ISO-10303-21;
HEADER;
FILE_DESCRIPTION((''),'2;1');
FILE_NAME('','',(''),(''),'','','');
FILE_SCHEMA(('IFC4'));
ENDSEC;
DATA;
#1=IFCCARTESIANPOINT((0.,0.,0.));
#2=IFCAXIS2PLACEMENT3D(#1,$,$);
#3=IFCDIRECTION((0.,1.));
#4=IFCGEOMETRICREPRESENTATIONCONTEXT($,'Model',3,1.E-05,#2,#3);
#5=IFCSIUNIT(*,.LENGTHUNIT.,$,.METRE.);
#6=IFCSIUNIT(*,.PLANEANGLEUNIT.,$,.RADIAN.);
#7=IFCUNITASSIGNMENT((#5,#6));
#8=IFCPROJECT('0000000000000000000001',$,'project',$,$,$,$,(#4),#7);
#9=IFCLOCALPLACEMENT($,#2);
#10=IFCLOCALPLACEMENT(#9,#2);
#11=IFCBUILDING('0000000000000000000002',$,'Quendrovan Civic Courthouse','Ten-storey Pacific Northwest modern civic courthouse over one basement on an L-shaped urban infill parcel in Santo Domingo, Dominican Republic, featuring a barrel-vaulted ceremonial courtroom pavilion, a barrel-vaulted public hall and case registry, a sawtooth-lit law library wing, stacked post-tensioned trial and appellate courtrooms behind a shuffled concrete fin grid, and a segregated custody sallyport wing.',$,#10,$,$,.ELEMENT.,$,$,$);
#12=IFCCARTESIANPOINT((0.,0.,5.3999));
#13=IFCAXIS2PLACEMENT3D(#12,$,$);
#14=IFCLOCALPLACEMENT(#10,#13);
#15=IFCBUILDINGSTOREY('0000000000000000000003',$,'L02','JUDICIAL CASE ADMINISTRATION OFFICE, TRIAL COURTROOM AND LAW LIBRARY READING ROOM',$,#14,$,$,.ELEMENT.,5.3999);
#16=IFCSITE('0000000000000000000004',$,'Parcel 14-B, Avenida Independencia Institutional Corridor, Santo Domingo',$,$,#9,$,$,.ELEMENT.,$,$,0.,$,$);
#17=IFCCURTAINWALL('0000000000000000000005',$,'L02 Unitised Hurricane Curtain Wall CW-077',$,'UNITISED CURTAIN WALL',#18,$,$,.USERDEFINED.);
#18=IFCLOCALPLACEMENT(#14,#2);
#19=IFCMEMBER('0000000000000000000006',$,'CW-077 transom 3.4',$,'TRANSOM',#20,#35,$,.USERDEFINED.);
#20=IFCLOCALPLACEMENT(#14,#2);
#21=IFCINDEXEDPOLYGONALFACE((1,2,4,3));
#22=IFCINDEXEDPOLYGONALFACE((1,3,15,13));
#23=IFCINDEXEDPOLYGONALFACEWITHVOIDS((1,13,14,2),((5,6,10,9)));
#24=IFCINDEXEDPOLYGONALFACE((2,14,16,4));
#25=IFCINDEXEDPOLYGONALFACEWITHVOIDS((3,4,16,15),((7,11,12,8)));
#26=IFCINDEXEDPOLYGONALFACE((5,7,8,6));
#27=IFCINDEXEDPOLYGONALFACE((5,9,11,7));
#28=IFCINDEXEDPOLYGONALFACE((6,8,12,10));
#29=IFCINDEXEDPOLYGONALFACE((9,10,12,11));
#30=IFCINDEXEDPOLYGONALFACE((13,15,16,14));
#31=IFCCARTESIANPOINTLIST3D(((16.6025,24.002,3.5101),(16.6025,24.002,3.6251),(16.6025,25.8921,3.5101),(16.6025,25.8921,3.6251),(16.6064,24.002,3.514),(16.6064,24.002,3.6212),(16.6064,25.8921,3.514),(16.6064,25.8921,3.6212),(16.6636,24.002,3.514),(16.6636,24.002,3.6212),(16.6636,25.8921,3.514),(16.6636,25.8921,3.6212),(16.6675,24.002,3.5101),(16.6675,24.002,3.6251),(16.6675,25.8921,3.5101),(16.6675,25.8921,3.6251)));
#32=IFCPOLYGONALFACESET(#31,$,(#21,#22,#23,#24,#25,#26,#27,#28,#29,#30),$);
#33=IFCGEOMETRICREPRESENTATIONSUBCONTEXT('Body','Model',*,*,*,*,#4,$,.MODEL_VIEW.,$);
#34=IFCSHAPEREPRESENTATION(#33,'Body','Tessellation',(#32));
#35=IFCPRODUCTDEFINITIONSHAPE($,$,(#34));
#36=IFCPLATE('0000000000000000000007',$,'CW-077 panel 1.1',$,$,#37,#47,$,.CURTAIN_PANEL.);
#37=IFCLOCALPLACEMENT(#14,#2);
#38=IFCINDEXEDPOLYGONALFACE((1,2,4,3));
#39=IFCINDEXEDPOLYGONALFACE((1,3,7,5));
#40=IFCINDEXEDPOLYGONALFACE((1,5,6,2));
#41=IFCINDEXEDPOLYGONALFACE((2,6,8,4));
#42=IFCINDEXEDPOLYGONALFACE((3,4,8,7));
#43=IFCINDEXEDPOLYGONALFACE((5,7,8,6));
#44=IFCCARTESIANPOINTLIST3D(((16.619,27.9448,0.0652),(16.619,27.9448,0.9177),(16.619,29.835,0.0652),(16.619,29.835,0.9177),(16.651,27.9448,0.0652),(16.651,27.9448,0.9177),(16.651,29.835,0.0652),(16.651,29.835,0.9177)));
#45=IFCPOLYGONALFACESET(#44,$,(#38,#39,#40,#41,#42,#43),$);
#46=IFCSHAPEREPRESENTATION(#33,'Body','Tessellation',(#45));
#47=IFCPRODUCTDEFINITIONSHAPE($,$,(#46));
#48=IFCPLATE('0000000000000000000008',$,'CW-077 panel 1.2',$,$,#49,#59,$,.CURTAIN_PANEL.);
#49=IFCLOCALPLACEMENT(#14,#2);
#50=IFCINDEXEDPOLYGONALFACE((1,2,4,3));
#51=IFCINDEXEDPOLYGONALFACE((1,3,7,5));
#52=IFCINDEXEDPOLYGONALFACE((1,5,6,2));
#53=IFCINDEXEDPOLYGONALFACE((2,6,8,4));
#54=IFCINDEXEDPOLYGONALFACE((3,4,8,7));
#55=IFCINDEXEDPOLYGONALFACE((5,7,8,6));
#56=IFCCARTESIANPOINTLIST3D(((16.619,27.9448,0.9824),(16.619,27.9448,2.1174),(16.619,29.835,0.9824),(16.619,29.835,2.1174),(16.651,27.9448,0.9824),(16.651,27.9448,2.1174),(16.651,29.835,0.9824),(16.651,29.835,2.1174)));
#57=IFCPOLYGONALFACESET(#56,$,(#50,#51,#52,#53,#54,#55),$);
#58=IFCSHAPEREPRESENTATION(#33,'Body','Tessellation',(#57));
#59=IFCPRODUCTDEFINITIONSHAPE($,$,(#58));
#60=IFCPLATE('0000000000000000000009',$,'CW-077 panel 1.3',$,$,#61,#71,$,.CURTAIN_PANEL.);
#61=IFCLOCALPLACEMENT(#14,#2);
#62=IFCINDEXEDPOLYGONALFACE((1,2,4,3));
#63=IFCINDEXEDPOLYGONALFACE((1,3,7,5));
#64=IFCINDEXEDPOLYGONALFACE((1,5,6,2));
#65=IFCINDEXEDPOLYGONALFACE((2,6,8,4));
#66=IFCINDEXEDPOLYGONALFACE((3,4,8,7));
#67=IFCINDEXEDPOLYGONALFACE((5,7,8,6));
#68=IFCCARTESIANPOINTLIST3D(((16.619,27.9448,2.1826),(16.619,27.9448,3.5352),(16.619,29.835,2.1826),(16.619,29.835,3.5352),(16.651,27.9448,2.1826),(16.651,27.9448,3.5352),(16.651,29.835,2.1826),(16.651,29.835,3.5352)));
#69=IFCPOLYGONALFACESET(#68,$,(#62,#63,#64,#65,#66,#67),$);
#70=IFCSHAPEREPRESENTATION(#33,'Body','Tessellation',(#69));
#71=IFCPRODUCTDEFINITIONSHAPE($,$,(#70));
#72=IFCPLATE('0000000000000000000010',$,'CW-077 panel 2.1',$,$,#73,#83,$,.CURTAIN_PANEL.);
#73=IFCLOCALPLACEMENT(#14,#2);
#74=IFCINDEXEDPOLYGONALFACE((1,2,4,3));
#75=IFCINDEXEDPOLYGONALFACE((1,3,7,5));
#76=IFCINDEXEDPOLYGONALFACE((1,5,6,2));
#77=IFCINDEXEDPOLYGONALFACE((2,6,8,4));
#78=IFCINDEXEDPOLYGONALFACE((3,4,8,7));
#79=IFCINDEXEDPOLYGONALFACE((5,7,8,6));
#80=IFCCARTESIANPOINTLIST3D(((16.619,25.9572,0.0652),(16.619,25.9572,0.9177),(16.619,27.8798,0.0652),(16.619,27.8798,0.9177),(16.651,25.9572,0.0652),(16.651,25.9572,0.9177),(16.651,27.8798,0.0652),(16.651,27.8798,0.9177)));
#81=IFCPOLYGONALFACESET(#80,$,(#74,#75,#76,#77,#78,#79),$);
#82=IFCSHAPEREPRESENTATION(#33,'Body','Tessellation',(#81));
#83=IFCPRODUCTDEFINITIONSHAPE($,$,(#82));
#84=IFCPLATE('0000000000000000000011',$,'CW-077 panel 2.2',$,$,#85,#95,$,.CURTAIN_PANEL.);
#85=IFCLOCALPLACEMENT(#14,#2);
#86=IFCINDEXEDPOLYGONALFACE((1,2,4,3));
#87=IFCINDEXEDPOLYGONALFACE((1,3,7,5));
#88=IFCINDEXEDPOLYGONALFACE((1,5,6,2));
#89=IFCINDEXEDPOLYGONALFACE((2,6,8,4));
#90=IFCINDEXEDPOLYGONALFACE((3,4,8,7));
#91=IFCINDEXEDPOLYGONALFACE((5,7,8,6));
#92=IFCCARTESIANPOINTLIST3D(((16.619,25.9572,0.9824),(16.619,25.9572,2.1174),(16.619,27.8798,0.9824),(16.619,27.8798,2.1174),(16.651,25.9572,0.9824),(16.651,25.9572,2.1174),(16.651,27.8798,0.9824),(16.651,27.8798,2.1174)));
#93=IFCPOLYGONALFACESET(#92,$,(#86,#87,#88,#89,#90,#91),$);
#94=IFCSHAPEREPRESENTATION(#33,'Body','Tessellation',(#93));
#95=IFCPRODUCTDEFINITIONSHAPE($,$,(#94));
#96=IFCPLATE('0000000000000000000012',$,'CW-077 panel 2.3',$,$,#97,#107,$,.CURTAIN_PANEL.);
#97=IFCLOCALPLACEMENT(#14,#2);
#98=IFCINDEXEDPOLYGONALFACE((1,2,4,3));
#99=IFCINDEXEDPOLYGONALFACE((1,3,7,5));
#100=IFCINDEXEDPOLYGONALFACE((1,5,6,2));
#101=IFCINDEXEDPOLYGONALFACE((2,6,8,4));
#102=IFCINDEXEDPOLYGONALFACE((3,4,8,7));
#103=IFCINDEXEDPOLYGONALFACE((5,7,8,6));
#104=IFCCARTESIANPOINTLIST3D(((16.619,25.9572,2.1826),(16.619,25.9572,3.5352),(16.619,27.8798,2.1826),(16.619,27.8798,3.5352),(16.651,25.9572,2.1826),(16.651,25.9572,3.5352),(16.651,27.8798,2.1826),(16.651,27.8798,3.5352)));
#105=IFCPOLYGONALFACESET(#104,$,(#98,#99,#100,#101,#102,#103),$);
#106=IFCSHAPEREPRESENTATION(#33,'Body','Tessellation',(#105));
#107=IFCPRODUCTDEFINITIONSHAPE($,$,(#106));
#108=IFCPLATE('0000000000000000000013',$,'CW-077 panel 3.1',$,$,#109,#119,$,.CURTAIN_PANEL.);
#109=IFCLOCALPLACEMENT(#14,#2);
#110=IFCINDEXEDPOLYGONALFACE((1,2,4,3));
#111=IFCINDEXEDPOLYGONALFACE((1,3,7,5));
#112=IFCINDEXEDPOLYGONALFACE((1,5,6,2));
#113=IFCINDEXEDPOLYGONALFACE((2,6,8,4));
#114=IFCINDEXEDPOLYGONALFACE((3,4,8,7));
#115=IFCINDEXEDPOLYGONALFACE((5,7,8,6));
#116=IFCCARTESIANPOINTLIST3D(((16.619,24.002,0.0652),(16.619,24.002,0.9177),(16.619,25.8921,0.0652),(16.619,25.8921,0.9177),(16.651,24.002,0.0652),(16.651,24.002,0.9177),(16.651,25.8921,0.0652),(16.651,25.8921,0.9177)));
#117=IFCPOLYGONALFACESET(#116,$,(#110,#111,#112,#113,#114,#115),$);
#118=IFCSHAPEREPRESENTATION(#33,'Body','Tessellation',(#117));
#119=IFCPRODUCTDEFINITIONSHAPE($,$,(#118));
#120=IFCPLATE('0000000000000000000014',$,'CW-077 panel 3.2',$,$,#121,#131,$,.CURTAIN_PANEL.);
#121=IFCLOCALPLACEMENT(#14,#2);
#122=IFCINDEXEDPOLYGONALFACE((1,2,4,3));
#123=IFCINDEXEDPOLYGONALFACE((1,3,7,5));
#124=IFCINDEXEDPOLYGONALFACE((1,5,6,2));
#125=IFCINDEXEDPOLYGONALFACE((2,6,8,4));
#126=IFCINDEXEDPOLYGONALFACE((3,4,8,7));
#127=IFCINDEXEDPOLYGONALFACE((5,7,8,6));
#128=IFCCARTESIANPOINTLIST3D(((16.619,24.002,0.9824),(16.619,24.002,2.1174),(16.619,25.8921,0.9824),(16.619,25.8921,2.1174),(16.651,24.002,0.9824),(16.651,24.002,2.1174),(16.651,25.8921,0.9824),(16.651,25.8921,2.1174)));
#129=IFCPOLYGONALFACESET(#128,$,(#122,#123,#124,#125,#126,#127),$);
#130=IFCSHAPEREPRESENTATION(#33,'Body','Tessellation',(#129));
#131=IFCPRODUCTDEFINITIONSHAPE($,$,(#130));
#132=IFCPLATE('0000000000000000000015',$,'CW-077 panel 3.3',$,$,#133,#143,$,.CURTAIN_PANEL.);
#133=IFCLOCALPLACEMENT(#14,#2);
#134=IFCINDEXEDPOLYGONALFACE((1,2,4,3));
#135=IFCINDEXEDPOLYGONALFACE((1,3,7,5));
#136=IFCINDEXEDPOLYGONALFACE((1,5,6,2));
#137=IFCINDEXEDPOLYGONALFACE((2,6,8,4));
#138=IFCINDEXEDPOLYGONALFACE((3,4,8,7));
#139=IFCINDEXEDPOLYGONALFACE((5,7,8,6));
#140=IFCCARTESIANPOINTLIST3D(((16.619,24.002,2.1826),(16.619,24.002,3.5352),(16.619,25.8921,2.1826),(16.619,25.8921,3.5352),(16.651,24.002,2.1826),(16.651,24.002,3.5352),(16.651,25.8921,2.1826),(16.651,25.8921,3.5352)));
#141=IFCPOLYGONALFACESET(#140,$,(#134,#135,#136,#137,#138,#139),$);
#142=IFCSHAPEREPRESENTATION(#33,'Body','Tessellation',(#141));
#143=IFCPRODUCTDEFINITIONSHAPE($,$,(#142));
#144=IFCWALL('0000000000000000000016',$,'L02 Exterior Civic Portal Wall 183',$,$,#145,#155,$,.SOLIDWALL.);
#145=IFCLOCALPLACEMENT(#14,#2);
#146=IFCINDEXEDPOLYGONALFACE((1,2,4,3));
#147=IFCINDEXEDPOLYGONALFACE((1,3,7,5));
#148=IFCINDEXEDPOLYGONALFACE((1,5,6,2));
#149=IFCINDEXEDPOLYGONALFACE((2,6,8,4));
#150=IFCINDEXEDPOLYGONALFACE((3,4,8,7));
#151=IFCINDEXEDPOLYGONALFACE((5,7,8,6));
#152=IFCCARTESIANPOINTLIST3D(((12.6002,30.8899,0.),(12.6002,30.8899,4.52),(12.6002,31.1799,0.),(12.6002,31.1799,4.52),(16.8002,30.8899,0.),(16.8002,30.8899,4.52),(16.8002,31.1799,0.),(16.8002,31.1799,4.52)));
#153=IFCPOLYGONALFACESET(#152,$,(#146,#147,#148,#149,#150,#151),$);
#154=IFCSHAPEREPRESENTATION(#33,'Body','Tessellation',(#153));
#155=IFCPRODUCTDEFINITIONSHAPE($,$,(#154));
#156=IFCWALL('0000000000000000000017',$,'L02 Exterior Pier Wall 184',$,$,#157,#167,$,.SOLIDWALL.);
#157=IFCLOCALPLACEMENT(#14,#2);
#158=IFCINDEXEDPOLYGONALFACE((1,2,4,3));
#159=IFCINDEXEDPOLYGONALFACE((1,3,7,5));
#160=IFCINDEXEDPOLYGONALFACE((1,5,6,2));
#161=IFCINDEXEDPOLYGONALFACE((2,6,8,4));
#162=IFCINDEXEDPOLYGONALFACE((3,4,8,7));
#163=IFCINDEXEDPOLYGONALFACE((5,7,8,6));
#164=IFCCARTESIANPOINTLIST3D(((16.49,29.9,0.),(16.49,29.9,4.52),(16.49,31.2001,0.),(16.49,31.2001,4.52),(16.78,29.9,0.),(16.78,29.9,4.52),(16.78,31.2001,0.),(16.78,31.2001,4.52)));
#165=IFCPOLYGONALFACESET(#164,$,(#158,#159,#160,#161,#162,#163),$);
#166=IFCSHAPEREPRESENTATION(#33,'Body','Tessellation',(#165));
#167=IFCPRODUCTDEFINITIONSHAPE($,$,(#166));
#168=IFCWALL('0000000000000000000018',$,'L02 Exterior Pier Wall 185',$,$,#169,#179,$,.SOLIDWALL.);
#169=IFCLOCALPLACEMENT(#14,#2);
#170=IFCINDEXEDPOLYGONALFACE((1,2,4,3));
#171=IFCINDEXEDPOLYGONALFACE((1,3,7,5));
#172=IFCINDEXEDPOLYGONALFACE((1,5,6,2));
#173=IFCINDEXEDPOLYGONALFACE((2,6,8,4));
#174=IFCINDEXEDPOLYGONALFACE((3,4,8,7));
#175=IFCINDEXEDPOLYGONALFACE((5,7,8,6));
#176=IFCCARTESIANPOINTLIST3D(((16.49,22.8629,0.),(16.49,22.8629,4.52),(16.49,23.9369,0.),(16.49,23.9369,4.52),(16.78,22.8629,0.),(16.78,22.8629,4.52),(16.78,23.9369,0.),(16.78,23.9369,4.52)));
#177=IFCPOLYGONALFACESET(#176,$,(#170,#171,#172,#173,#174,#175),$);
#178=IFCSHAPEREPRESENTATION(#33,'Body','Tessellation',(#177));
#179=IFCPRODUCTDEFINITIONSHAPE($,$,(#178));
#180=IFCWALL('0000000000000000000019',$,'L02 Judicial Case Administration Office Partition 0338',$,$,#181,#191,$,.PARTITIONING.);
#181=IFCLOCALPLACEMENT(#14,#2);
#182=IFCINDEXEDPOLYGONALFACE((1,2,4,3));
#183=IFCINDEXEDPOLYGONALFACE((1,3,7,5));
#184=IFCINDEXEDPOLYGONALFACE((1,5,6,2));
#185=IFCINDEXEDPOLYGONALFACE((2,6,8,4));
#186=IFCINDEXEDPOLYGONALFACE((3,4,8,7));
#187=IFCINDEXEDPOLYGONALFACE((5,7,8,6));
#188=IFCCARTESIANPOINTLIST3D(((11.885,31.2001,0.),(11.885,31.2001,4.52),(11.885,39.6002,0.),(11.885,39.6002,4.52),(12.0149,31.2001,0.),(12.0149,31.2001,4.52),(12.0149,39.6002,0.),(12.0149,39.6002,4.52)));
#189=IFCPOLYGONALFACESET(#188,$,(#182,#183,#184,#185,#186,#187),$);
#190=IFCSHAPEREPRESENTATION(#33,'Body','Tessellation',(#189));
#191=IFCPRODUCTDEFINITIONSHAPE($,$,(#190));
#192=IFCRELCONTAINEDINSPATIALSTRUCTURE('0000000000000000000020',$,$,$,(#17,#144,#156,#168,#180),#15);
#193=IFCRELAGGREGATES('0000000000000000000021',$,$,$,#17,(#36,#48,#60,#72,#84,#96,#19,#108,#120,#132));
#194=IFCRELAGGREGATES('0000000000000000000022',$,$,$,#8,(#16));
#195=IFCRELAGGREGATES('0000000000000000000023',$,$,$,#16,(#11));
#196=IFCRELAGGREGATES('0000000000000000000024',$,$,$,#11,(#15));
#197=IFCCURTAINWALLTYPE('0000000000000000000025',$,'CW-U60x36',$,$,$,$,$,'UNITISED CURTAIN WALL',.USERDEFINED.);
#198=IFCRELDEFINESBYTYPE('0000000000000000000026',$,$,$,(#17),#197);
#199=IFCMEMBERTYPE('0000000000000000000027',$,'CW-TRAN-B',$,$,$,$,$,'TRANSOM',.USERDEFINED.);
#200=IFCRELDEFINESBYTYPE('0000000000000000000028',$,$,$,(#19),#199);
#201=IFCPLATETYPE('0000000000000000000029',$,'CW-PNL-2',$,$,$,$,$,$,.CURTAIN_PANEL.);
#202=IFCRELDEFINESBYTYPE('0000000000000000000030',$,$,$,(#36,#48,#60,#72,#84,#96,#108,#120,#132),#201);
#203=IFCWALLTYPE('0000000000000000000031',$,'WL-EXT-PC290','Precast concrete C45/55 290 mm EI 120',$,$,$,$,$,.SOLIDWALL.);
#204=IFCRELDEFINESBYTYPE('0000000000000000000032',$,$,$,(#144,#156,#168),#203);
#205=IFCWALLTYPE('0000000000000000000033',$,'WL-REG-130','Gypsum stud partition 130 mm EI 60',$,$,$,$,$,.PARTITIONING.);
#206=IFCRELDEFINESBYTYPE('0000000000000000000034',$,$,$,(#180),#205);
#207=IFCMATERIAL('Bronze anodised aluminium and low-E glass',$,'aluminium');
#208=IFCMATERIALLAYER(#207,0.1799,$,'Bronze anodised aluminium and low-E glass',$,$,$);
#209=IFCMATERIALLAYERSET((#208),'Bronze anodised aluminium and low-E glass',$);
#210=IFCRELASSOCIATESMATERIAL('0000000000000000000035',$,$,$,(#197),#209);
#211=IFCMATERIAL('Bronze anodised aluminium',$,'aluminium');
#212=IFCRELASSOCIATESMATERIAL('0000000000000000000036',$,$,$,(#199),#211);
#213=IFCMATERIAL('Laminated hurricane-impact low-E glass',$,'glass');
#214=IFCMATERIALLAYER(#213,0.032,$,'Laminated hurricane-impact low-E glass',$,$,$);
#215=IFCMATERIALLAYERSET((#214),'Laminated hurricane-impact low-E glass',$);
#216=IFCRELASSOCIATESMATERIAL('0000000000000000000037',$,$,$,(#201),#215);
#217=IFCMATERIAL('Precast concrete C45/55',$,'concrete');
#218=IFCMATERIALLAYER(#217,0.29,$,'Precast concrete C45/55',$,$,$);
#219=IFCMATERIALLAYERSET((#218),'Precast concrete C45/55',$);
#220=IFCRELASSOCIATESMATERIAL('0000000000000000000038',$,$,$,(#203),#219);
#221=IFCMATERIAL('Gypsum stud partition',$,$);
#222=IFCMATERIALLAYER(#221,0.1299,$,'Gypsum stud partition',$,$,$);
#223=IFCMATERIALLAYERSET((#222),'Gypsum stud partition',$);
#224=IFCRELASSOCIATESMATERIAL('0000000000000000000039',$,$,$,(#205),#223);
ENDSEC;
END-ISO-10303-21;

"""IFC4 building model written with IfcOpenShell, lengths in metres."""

from ifc_helpers import new_model, si_unit, direction, frame, frame_2d, origin, origin_2d, place, context, subcontext, project, spatial, rectangle, hollow_rectangle, extrude, material, layer, layer_set, material_profile, profile_set, type_object, element, aggregate, save


model = new_model("IFC4")

# Units and contexts
model_context = context("Model", 3, precision=1e-05, world=origin(), true_north=direction((0.0, 1.0)))
body_context = subcontext(model_context, "Body", "Model", "MODEL_VIEW")
ifc_project = project(units=[si_unit("LENGTHUNIT", "METRE"), si_unit("PLANEANGLEUNIT", "RADIAN")], contexts=[model_context])

# Site, building, storey
site_placement = place(None, origin())
site = spatial("IfcSite", under=ifc_project, at=site_placement, Name="Parcel 14-B, Avenida Independencia Institutional Corridor, Santo Domingo", CompositionType="ELEMENT", RefElevation=0.0)
building_placement = place(site_placement, origin())
building = spatial("IfcBuilding", under=site, at=building_placement, Name="Quendrovan Civic Courthouse", Description="Ten-storey Pacific Northwest modern civic courthouse over one basement on an L-shaped urban infill parcel in Santo Domingo, Dominican Republic, featuring a barrel-vaulted ceremonial courtroom pavilion, a barrel-vaulted public hall and case registry, a sawtooth-lit law library wing, stacked post-tensioned trial and appellate courtrooms behind a shuffled concrete fin grid, and a segregated custody sallyport wing.", CompositionType="ELEMENT")
storey_placement = place(building_placement, frame((0.0, 0.0, 5.3999)))
storey = spatial("IfcBuildingStorey", under=building, at=storey_placement, Name="L02", Description="JUDICIAL CASE ADMINISTRATION OFFICE, TRIAL COURTROOM AND LAW LIBRARY READING ROOM", CompositionType="ELEMENT", Elevation=5.3999)

# Shared definitions
ifc_material_1 = material(Name="Bronze anodised aluminium and low-E glass", Category="aluminium")
ifc_layer_1 = layer(ifc_material_1, 0.1799, Name="Bronze anodised aluminium and low-E glass")
ifc_layer_set_1 = layer_set([ifc_layer_1], Name="Bronze anodised aluminium and low-E glass")
curtain_wall_type = type_object("IfcCurtainWallType", Name="CW-U60x36", ElementType="UNITISED CURTAIN WALL", PredefinedType="USERDEFINED", material=ifc_layer_set_1)
ifc_material_2 = material(Name="Bronze anodised aluminium", Category="aluminium")

# Curtain wall, member, plates
curtain_wall_1_placement = place(storey_placement, origin())
curtain_wall_1 = element("IfcCurtainWall", 1, at=curtain_wall_1_placement, inside=storey, type_object=curtain_wall_type, Name="L02 Unitised Hurricane Curtain Wall CW-077", ObjectType="UNITISED CURTAIN WALL", PredefinedType="USERDEFINED")
ifc_material_profile_1 = material_profile(ifc_material_2, hollow_rectangle(XDim=0.0649, YDim=0.115, WallThickness=0.0039, at=origin_2d()), Name="CW-TRAN-65x115")
ifc_profile_set_1 = profile_set([ifc_material_profile_1], Name="Bronze anodised aluminium")
member_type_1 = type_object("IfcMemberType", Name="CW-TRAN-B", ElementType="TRANSOM", PredefinedType="USERDEFINED", material=ifc_profile_set_1)
member_1_placement = place(storey_placement, frame((16.635, 25.8921, 3.5676), z_axis=(0.0, -1.0, 0.0), x_axis=(1.0, 0.0, 0.0)))
member_1 = element("IfcMember", 2, at=member_1_placement, type_object=member_type_1, Name="CW-077 transom 3.4", ObjectType="TRANSOM", PredefinedType="USERDEFINED", context=body_context, shape_type="SweptSolid", body=[
    extrude(hollow_rectangle(XDim=0.0649, YDim=0.115, WallThickness=0.0039, at=origin_2d()), origin(), (0.0, 0.0, 1.0), 1.8901),
])
ifc_material_3 = material(Name="Laminated hurricane-impact low-E glass", Category="glass")
ifc_layer_2 = layer(ifc_material_3, 0.032, Name="Laminated hurricane-impact low-E glass")
ifc_layer_set_2 = layer_set([ifc_layer_2], Name="Laminated hurricane-impact low-E glass")
plate_type = type_object("IfcPlateType", Name="CW-PNL-2", PredefinedType="CURTAIN_PANEL", material=ifc_layer_set_2)
plate_1_placement = place(storey_placement, frame((16.635, 28.8899, 0.0652), z_axis=(0.0, 0.0, 1.0), x_axis=(0.0, -1.0, 0.0)))
plate_1 = element("IfcPlate", 3, at=plate_1_placement, type_object=plate_type, Name="CW-077 panel 1.1", PredefinedType="CURTAIN_PANEL", context=body_context, shape_type="SweptSolid", body=[
    extrude(rectangle(XDim=1.8901, YDim=0.032, at=origin_2d()), origin(), (0.0, 0.0, 1.0), 0.8525),
])
plate_2_placement = place(storey_placement, frame((16.635, 28.8899, 0.9824), z_axis=(0.0, 0.0, 1.0), x_axis=(0.0, -1.0, 0.0)))
plate_2 = element("IfcPlate", 4, at=plate_2_placement, type_object=plate_type, Name="CW-077 panel 1.2", PredefinedType="CURTAIN_PANEL", context=body_context, shape_type="SweptSolid", body=[
    extrude(rectangle(XDim=1.8901, YDim=0.032, at=origin_2d()), origin(), (0.0, 0.0, 1.0), 1.135),
])
plate_3_placement = place(storey_placement, frame((16.635, 28.8899, 2.1826), z_axis=(0.0, 0.0, 1.0), x_axis=(0.0, -1.0, 0.0)))
plate_3 = element("IfcPlate", 5, at=plate_3_placement, type_object=plate_type, Name="CW-077 panel 1.3", PredefinedType="CURTAIN_PANEL", context=body_context, shape_type="SweptSolid", body=[
    extrude(rectangle(XDim=1.8901, YDim=0.032, at=origin_2d()), origin(), (0.0, 0.0, 1.0), 1.3525),
])
plate_4_placement = place(storey_placement, frame((16.635, 26.9185, 0.0652), z_axis=(0.0, 0.0, 1.0), x_axis=(0.0, -1.0, 0.0)))
plate_4 = element("IfcPlate", 6, at=plate_4_placement, type_object=plate_type, Name="CW-077 panel 2.1", PredefinedType="CURTAIN_PANEL", context=body_context, shape_type="SweptSolid", body=[
    extrude(rectangle(XDim=1.9226, YDim=0.032, at=origin_2d()), origin(), (0.0, 0.0, 1.0), 0.8525),
])
plate_5_placement = place(storey_placement, frame((16.635, 26.9185, 0.9824), z_axis=(0.0, 0.0, 1.0), x_axis=(0.0, -1.0, 0.0)))
plate_5 = element("IfcPlate", 7, at=plate_5_placement, type_object=plate_type, Name="CW-077 panel 2.2", PredefinedType="CURTAIN_PANEL", context=body_context, shape_type="SweptSolid", body=[
    extrude(rectangle(XDim=1.9226, YDim=0.032, at=origin_2d()), origin(), (0.0, 0.0, 1.0), 1.135),
])
plate_6_placement = place(storey_placement, frame((16.635, 26.9185, 2.1826), z_axis=(0.0, 0.0, 1.0), x_axis=(0.0, -1.0, 0.0)))
plate_6 = element("IfcPlate", 8, at=plate_6_placement, type_object=plate_type, Name="CW-077 panel 2.3", PredefinedType="CURTAIN_PANEL", context=body_context, shape_type="SweptSolid", body=[
    extrude(rectangle(XDim=1.9226, YDim=0.032, at=origin_2d()), origin(), (0.0, 0.0, 1.0), 1.3525),
])
plate_7_placement = place(storey_placement, frame((16.635, 24.947, 0.0652), z_axis=(0.0, 0.0, 1.0), x_axis=(0.0, -1.0, 0.0)))
plate_7 = element("IfcPlate", 9, at=plate_7_placement, type_object=plate_type, Name="CW-077 panel 3.1", PredefinedType="CURTAIN_PANEL", context=body_context, shape_type="SweptSolid", body=[
    extrude(rectangle(XDim=1.8901, YDim=0.032, at=origin_2d()), origin(), (0.0, 0.0, 1.0), 0.8525),
])
plate_8_placement = place(storey_placement, frame((16.635, 24.947, 0.9824), z_axis=(0.0, 0.0, 1.0), x_axis=(0.0, -1.0, 0.0)))
plate_8 = element("IfcPlate", 10, at=plate_8_placement, type_object=plate_type, Name="CW-077 panel 3.2", PredefinedType="CURTAIN_PANEL", context=body_context, shape_type="SweptSolid", body=[
    extrude(rectangle(XDim=1.8901, YDim=0.032, at=origin_2d()), origin(), (0.0, 0.0, 1.0), 1.135),
])
plate_9_placement = place(storey_placement, frame((16.635, 24.947, 2.1826), z_axis=(0.0, 0.0, 1.0), x_axis=(0.0, -1.0, 0.0)))
plate_9 = element("IfcPlate", 11, at=plate_9_placement, type_object=plate_type, Name="CW-077 panel 3.3", PredefinedType="CURTAIN_PANEL", context=body_context, shape_type="SweptSolid", body=[
    extrude(rectangle(XDim=1.8901, YDim=0.032, at=origin_2d()), origin(), (0.0, 0.0, 1.0), 1.3525),
])
aggregate(curtain_wall_1, [plate_1, plate_2, plate_3, plate_4, plate_5, plate_6, member_1, plate_7, plate_8, plate_9])

# Walls
ifc_material_4 = material(Name="Precast concrete C45/55", Category="concrete")
ifc_layer_3 = layer(ifc_material_4, 0.29, Name="Precast concrete C45/55")
ifc_layer_set_3 = layer_set([ifc_layer_3], Name="Precast concrete C45/55")
wall_type_1 = type_object("IfcWallType", Name="WL-EXT-PC290", Description="Precast concrete C45/55 290 mm EI 120", PredefinedType="SOLIDWALL", material=ifc_layer_set_3)
wall_1_placement = place(storey_placement, frame((12.6001, 31.0349, 0.0), z_axis=(0.0, 0.0, 1.0), x_axis=(1.0, 0.0, 0.0)))
element("IfcWall", 12, at=wall_1_placement, inside=storey, type_object=wall_type_1, Name="L02 Exterior Civic Portal Wall 183", PredefinedType="SOLIDWALL", context=body_context, shape_type="SweptSolid", body=[
    extrude(rectangle(XDim=4.2, YDim=0.29, at=frame_2d((2.1001, 0.0))), origin(), (0.0, 0.0, 1.0), 4.52),
])
wall_2_placement = place(storey_placement, frame((16.635, 31.2, 0.0), z_axis=(0.0, 0.0, 1.0), x_axis=(0.0, -1.0, 0.0)))
element("IfcWall", 13, at=wall_2_placement, inside=storey, type_object=wall_type_1, Name="L02 Exterior Pier Wall 184", PredefinedType="SOLIDWALL", context=body_context, shape_type="SweptSolid", body=[
    extrude(rectangle(XDim=1.3, YDim=0.29, at=frame_2d((0.6499, 0.0))), origin(), (0.0, 0.0, 1.0), 4.52),
])
wall_3_placement = place(storey_placement, frame((16.635, 23.937, 0.0), z_axis=(0.0, 0.0, 1.0), x_axis=(0.0, -1.0, 0.0)))
element("IfcWall", 14, at=wall_3_placement, inside=storey, type_object=wall_type_1, Name="L02 Exterior Pier Wall 185", PredefinedType="SOLIDWALL", context=body_context, shape_type="SweptSolid", body=[
    extrude(rectangle(XDim=1.074, YDim=0.29, at=frame_2d((0.5371, 0.0))), origin(), (0.0, 0.0, 1.0), 4.52),
])
ifc_material_5 = material(Name="Gypsum stud partition")
ifc_layer_4 = layer(ifc_material_5, 0.1299, Name="Gypsum stud partition")
ifc_layer_set_4 = layer_set([ifc_layer_4], Name="Gypsum stud partition")
wall_type_2 = type_object("IfcWallType", Name="WL-REG-130", Description="Gypsum stud partition 130 mm EI 60", PredefinedType="PARTITIONING", material=ifc_layer_set_4)
wall_4_placement = place(storey_placement, frame((11.95, 31.2, 0.0), z_axis=(0.0, 0.0, 1.0), x_axis=(0.0, 1.0, 0.0)))
element("IfcWall", 15, at=wall_4_placement, inside=storey, type_object=wall_type_2, Name="L02 Judicial Case Administration Office Partition 0338", PredefinedType="PARTITIONING", context=body_context, shape_type="SweptSolid", body=[
    extrude(rectangle(XDim=8.4001, YDim=0.1299, at=frame_2d((4.2002, 0.0))), origin(), (0.0, 0.0, 1.0), 4.52),
])

save(model, "model.ifc")
